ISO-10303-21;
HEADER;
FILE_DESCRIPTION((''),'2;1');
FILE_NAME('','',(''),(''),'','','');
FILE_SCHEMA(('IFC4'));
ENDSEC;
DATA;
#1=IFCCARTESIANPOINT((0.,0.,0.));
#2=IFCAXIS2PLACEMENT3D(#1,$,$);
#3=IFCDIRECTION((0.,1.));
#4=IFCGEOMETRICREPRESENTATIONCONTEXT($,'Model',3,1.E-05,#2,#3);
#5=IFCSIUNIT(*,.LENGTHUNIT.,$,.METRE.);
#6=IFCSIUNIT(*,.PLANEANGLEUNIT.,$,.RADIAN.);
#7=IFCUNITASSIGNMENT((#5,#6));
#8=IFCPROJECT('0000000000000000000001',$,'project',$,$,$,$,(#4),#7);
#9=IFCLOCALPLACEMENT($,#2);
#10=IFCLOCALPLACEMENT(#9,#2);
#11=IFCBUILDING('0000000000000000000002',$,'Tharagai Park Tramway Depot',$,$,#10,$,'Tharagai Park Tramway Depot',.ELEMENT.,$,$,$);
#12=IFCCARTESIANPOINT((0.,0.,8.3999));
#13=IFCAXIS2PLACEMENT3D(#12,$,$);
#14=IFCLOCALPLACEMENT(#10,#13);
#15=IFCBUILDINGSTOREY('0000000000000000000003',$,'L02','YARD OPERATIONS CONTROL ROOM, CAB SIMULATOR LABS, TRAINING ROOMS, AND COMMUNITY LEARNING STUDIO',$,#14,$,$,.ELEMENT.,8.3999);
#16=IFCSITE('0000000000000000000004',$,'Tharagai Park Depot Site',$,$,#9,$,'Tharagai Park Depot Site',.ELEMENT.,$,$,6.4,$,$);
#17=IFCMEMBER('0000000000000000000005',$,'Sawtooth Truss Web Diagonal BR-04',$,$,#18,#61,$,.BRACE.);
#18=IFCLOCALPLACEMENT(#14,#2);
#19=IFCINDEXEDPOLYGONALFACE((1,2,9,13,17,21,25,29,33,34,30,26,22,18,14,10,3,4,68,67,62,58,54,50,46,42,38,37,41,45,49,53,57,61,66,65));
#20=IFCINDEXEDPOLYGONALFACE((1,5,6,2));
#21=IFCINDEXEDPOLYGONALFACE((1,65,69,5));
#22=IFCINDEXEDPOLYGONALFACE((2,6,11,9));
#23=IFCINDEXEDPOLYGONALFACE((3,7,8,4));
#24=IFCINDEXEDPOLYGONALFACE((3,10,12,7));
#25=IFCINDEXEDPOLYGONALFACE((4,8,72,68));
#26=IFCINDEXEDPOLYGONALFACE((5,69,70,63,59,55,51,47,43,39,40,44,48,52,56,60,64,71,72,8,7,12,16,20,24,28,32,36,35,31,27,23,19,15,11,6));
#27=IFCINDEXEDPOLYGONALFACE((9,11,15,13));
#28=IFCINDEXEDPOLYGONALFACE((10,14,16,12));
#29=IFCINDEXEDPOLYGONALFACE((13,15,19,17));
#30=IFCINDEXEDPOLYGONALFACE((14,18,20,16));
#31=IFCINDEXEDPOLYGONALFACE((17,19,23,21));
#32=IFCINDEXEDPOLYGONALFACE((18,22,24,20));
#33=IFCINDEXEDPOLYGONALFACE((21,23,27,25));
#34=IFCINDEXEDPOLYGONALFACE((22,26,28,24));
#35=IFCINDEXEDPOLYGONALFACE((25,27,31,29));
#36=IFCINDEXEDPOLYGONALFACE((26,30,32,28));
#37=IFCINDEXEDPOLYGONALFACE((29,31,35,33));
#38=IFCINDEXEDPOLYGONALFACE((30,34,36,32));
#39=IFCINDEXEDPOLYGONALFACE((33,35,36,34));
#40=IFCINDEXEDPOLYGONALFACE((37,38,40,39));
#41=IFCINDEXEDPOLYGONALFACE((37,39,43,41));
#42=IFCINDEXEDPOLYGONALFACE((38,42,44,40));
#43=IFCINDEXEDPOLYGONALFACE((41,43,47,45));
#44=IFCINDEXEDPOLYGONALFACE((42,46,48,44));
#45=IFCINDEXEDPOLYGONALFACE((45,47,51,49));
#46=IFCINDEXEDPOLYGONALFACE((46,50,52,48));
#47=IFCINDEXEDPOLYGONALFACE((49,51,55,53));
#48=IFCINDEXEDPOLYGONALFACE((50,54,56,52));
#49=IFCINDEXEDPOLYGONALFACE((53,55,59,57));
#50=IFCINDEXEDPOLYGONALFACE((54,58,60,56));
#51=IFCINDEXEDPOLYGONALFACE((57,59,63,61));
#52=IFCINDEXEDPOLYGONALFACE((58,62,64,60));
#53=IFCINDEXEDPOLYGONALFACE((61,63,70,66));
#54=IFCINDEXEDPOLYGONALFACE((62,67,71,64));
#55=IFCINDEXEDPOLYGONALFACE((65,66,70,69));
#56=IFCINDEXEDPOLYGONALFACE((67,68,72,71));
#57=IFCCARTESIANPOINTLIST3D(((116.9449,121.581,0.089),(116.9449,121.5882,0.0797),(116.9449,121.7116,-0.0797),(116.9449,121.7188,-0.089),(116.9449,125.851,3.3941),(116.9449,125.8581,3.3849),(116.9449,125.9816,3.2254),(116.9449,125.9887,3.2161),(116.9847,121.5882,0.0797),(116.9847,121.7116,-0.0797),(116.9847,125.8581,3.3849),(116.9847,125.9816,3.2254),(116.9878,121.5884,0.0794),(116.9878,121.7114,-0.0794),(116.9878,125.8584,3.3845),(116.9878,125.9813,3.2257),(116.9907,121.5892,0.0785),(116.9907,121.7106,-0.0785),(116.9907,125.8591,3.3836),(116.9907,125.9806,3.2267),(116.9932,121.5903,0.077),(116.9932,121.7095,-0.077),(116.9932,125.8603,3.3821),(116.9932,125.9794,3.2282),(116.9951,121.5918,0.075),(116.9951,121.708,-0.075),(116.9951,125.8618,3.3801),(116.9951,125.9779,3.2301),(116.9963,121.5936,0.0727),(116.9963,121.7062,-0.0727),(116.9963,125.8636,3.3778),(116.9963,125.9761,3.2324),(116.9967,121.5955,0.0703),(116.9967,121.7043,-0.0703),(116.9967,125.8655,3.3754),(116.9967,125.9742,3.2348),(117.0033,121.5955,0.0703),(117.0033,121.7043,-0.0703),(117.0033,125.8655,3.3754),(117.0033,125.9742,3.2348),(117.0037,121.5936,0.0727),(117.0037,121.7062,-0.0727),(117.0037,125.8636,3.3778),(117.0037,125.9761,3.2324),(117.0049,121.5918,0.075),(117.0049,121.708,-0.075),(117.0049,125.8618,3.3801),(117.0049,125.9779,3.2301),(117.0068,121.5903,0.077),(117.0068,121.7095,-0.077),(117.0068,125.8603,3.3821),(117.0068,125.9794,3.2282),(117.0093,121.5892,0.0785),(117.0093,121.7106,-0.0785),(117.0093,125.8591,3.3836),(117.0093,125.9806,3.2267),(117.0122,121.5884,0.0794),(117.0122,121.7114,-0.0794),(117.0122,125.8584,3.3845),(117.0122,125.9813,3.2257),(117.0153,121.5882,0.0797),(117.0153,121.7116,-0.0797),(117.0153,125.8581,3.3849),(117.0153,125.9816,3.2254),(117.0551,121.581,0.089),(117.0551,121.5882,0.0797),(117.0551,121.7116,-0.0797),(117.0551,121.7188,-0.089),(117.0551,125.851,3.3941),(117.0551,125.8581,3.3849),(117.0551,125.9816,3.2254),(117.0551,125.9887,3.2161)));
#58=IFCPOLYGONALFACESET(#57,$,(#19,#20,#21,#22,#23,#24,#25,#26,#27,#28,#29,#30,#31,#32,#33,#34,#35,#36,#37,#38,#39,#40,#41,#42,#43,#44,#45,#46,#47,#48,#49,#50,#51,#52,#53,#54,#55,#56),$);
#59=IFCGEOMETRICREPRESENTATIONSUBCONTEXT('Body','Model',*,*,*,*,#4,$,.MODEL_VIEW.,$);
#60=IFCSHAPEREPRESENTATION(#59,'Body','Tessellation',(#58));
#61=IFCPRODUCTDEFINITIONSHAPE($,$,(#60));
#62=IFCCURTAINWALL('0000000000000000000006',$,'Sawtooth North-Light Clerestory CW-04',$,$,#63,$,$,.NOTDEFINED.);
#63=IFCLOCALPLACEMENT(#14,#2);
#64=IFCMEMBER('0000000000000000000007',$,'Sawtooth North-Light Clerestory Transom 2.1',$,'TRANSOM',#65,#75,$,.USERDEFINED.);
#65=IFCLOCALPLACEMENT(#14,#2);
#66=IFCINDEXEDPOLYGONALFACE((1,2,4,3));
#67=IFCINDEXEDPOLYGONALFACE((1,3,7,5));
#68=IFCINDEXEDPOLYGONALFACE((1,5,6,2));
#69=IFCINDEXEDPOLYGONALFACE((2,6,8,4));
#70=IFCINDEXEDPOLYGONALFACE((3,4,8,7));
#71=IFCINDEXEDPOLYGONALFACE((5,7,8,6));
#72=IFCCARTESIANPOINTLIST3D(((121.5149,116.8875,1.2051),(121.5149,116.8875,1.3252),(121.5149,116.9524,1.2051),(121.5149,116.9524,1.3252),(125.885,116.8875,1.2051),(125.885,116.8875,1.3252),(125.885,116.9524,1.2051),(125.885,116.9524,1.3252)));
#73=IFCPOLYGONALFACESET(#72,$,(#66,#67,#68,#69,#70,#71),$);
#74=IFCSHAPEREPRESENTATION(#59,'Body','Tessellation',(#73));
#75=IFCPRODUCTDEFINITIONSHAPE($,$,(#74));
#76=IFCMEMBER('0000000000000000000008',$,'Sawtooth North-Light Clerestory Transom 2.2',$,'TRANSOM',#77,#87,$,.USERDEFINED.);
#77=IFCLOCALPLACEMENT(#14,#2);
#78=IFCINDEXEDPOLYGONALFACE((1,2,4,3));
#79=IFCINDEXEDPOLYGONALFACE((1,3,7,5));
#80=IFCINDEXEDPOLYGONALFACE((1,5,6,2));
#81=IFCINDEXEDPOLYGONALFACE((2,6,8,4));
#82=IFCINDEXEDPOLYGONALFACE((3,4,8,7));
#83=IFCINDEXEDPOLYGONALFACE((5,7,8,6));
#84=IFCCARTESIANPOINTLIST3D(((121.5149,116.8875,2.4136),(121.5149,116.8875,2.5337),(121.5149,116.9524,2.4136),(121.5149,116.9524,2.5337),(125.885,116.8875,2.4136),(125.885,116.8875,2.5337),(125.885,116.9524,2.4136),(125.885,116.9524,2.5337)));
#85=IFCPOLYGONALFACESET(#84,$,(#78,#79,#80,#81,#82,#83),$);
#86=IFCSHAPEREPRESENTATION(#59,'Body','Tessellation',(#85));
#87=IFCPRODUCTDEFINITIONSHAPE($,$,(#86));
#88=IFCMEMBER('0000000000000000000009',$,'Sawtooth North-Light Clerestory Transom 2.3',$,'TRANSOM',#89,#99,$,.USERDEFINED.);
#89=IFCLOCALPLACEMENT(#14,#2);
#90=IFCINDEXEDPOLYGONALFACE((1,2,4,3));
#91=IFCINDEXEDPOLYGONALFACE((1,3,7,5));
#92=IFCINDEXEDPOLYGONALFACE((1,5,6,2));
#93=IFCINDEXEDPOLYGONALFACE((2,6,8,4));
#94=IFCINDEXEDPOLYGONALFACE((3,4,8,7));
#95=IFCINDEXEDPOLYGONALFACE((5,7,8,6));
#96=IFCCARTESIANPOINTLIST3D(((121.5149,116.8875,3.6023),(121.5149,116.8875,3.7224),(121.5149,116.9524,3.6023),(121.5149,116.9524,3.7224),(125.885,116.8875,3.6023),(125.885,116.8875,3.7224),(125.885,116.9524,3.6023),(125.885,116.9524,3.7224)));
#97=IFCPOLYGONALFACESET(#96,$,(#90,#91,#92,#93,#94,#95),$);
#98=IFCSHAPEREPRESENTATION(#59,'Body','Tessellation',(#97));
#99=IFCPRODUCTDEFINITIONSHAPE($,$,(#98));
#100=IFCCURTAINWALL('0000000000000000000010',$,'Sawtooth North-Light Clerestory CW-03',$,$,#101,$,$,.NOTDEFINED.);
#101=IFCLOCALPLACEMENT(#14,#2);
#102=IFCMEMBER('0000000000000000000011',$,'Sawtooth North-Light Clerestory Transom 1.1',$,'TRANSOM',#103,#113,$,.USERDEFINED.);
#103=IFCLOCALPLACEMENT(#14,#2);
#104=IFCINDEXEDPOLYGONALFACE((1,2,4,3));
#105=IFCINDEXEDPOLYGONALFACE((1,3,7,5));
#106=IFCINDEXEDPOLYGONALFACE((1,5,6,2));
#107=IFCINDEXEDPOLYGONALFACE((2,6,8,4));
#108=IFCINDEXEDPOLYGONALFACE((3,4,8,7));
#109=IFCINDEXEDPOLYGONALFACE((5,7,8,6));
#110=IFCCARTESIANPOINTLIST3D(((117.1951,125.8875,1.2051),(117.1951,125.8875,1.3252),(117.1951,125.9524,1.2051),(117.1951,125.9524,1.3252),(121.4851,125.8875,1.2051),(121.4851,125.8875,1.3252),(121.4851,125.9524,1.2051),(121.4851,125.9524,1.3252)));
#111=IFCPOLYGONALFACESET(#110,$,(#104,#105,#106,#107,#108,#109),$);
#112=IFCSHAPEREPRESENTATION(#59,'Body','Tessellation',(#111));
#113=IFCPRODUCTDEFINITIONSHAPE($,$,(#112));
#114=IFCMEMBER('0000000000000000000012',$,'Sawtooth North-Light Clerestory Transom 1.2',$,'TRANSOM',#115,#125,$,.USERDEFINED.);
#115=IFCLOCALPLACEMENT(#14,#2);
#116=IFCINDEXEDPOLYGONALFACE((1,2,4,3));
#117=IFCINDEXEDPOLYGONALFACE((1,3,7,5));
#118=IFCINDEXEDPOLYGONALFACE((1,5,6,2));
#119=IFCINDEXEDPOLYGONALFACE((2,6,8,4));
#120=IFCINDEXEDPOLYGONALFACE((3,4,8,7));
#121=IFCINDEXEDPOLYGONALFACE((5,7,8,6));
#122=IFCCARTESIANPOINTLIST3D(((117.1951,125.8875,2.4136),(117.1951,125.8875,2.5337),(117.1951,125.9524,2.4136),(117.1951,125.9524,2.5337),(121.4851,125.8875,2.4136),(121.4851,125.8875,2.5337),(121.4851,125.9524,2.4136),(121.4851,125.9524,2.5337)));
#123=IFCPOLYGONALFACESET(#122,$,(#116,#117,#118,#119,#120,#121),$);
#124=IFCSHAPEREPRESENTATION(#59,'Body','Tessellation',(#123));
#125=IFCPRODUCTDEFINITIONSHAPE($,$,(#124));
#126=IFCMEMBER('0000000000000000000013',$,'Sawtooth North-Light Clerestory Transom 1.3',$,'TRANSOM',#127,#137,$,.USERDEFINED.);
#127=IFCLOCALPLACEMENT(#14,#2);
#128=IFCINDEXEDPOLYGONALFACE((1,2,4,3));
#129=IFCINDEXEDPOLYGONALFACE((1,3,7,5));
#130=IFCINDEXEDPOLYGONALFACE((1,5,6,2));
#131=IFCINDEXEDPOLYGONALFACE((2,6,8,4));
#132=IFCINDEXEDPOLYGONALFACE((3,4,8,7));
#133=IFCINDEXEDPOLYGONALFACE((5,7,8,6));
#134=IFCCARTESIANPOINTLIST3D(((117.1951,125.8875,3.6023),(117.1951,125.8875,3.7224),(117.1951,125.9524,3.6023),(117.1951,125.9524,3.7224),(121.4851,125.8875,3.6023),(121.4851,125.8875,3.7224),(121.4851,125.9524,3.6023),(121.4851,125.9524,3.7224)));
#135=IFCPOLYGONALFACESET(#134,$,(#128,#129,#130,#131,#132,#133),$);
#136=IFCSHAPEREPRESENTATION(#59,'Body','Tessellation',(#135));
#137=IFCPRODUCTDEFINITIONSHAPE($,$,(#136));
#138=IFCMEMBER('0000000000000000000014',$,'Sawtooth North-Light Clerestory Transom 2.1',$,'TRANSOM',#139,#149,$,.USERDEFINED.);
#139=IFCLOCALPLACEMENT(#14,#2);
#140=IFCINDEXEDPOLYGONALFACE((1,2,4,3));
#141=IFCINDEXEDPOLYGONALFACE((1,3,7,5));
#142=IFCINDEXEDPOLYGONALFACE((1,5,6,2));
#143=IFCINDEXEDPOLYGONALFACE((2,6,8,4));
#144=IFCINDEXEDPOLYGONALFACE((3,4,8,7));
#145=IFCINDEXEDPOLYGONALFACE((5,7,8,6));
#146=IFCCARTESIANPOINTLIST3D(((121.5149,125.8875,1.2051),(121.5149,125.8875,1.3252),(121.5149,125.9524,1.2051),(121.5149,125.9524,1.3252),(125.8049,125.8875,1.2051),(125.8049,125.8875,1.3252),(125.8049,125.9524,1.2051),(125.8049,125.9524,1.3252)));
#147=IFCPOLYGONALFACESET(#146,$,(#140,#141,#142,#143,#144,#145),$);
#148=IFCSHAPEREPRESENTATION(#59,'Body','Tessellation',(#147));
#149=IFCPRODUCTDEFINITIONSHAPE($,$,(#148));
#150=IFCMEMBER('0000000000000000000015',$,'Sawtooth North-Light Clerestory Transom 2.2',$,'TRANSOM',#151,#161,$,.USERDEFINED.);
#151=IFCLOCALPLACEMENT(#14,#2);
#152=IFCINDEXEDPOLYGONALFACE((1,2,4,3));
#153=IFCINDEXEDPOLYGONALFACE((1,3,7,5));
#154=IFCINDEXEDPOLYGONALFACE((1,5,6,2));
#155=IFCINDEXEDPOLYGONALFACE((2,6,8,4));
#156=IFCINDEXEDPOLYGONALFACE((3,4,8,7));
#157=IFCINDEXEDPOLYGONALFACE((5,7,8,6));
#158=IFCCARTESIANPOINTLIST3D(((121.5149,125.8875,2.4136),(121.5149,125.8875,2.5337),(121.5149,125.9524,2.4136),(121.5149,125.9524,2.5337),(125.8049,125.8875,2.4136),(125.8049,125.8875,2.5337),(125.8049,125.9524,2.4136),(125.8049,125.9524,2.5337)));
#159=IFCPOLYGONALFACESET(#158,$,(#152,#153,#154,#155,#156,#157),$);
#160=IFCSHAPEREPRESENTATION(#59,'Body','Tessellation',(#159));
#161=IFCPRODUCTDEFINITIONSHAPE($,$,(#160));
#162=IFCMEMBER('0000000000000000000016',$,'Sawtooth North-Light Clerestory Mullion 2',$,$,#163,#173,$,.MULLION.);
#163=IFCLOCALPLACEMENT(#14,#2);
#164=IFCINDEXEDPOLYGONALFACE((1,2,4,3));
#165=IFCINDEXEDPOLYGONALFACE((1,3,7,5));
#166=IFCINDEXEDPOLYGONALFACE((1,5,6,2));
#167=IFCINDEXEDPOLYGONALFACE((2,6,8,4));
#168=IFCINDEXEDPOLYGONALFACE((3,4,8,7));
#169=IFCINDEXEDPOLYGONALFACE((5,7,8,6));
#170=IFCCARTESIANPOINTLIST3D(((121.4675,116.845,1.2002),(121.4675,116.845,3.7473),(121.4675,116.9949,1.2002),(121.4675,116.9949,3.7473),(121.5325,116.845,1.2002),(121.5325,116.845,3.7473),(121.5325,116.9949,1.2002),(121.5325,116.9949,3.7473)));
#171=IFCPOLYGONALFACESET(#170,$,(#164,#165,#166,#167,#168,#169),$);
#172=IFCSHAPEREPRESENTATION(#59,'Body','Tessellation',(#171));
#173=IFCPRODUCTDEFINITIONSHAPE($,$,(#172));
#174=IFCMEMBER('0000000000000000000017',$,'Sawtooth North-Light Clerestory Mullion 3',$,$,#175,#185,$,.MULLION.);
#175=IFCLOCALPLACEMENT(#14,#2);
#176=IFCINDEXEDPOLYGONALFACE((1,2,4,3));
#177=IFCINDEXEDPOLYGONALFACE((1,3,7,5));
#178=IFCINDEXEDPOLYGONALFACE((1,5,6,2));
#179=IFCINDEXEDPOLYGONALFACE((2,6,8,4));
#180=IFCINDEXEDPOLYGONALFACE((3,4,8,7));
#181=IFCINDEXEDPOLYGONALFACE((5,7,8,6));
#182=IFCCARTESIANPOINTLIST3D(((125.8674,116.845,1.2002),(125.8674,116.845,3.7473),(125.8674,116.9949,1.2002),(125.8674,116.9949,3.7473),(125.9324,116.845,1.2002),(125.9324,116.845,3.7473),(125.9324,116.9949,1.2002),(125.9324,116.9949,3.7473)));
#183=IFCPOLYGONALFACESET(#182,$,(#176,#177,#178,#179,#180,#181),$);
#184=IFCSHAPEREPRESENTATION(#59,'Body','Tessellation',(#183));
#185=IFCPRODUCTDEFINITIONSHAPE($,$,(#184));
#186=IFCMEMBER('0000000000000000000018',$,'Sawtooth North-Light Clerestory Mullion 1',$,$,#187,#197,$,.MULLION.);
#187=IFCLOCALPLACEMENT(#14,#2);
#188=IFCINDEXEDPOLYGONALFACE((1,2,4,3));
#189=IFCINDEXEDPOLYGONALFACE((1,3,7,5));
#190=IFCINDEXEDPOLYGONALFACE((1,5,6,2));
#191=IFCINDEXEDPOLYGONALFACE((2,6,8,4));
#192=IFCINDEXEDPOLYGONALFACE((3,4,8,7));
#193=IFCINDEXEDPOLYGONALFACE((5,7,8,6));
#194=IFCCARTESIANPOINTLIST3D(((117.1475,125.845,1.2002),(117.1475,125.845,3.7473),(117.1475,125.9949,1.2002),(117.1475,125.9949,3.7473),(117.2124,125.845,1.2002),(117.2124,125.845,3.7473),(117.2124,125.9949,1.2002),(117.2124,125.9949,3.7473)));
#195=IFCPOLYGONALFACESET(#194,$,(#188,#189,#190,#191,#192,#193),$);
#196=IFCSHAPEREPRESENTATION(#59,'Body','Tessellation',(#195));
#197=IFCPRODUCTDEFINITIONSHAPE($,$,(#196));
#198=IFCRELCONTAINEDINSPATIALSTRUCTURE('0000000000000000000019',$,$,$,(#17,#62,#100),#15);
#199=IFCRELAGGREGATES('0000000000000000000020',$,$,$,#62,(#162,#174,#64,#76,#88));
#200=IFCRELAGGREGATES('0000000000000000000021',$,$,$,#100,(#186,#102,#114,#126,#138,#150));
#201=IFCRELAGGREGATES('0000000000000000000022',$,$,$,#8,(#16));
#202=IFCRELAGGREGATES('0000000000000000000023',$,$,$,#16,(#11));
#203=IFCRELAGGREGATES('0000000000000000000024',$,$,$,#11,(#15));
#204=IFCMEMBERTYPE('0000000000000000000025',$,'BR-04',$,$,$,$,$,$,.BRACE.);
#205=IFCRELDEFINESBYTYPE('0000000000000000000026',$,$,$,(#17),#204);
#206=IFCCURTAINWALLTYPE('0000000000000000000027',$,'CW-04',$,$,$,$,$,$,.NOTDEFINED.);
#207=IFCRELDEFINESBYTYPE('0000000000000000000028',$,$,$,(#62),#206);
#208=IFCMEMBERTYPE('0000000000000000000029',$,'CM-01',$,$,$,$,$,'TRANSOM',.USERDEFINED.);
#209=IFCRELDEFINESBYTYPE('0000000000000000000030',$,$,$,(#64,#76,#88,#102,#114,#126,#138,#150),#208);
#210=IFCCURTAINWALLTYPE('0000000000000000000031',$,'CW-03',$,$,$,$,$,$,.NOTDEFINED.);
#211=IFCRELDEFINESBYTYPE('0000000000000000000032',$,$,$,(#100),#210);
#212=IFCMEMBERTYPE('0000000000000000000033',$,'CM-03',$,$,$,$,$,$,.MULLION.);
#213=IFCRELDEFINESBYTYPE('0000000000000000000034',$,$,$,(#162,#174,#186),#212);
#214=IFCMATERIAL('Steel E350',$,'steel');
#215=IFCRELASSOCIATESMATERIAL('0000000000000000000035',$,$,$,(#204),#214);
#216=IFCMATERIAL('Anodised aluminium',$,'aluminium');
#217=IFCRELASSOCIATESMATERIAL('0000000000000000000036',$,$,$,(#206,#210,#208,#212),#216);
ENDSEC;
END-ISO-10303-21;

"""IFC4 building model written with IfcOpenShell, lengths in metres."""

from ifc_helpers import new_model, si_unit, direction, frame, origin, origin_2d, place, context, subcontext, project, spatial, rectangle, i_section, extrude, material, material_profile, profile_set, type_object, element, aggregate, save


model = new_model("IFC4")

# Units and contexts
model_context = context("Model", 3, precision=1e-05, world=origin(), true_north=direction((0.0, 1.0)))
body_context = subcontext(model_context, "Body", "Model", "MODEL_VIEW")
ifc_project = project(units=[si_unit("LENGTHUNIT", "METRE"), si_unit("PLANEANGLEUNIT", "RADIAN")], contexts=[model_context])

# Site, building, storey
site_placement = place(None, origin())
site = spatial("IfcSite", under=ifc_project, at=site_placement, Name="Tharagai Park Depot Site", LongName="Tharagai Park Depot Site", CompositionType="ELEMENT", RefElevation=6.4)
building_placement = place(site_placement, origin())
building = spatial("IfcBuilding", under=site, at=building_placement, Name="Tharagai Park Tramway Depot", LongName="Tharagai Park Tramway Depot", CompositionType="ELEMENT")
storey_placement = place(building_placement, frame((0.0, 0.0, 8.3999)))
storey = spatial("IfcBuildingStorey", under=building, at=storey_placement, Name="L02", Description="YARD OPERATIONS CONTROL ROOM, CAB SIMULATOR LABS, TRAINING ROOMS, AND COMMUNITY LEARNING STUDIO", CompositionType="ELEMENT", Elevation=8.3999)

# Shared definitions
ifc_material_1 = material(Name="Steel E350", Category="steel")

# Member
ifc_material_profile_1 = material_profile(ifc_material_1, i_section(OverallWidth=0.1101, OverallDepth=0.2251, WebThickness=0.0066, FlangeThickness=0.0117, FilletRadius=0.012, at=origin_2d()), Name="ISMB 225")
ifc_profile_set_1 = profile_set([ifc_material_profile_1], Name="Steel E350")
member_type_1 = type_object("IfcMemberType", Name="BR-04", PredefinedType="BRACE", material=ifc_profile_set_1)
member_1_placement = place(storey_placement, frame((117.0, 121.6499, 0.0), z_axis=(0.0, 0.790782, 0.612098), x_axis=(-1.0, 0.0, 0.0)))
element("IfcMember", 1, at=member_1_placement, inside=storey, type_object=member_type_1, Name="Sawtooth Truss Web Diagonal BR-04", PredefinedType="BRACE", context=body_context, shape_type="SweptSolid", body=[
    extrude(i_section(OverallWidth=0.1101, OverallDepth=0.2251, WebThickness=0.0066, FlangeThickness=0.0117, FilletRadius=0.012, at=origin_2d()), origin(), (0.0, 0.0, 1.0), 5.3997),
])

# Curtain walls, members
ifc_material_2 = material(Name="Anodised aluminium", Category="aluminium")
curtain_wall_type_1 = type_object("IfcCurtainWallType", Name="CW-04", PredefinedType="NOTDEFINED", material=ifc_material_2)
curtain_wall_1_placement = place(storey_placement, origin())
curtain_wall_1 = element("IfcCurtainWall", 2, at=curtain_wall_1_placement, inside=storey, type_object=curtain_wall_type_1, Name="Sawtooth North-Light Clerestory CW-04", PredefinedType="NOTDEFINED")
ifc_material_profile_2 = material_profile(ifc_material_2, rectangle(XDim=0.0649, YDim=0.1201, at=origin_2d()), Name="ALU 65x120")
ifc_profile_set_2 = profile_set([ifc_material_profile_2], Name="Anodised aluminium")
member_type_2 = type_object("IfcMemberType", Name="CM-01", ElementType="TRANSOM", PredefinedType="USERDEFINED", material=ifc_profile_set_2)
member_2_placement = place(storey_placement, frame((121.5149, 116.9199, 1.2651), z_axis=(1.0, 0.0, 0.0), x_axis=(0.0, 1.0, 0.0)))
member_2 = element("IfcMember", 3, at=member_2_placement, type_object=member_type_2, Name="Sawtooth North-Light Clerestory Transom 2.1", ObjectType="TRANSOM", PredefinedType="USERDEFINED", context=body_context, shape_type="SweptSolid", body=[
    extrude(rectangle(XDim=0.0649, YDim=0.1201, at=origin_2d()), origin(), (0.0, 0.0, 1.0), 4.3701),
])
member_3_placement = place(storey_placement, frame((121.5149, 116.9199, 2.4736), z_axis=(1.0, 0.0, 0.0), x_axis=(0.0, 1.0, 0.0)))
member_3 = element("IfcMember", 4, at=member_3_placement, type_object=member_type_2, Name="Sawtooth North-Light Clerestory Transom 2.2", ObjectType="TRANSOM", PredefinedType="USERDEFINED", context=body_context, shape_type="SweptSolid", body=[
    extrude(rectangle(XDim=0.0649, YDim=0.1201, at=origin_2d()), origin(), (0.0, 0.0, 1.0), 4.3701),
])
member_4_placement = place(storey_placement, frame((121.5149, 116.9199, 3.6624), z_axis=(1.0, 0.0, 0.0), x_axis=(0.0, 1.0, 0.0)))
member_4 = element("IfcMember", 5, at=member_4_placement, type_object=member_type_2, Name="Sawtooth North-Light Clerestory Transom 2.3", ObjectType="TRANSOM", PredefinedType="USERDEFINED", context=body_context, shape_type="SweptSolid", body=[
    extrude(rectangle(XDim=0.0649, YDim=0.1201, at=origin_2d()), origin(), (0.0, 0.0, 1.0), 4.3701),
])
curtain_wall_type_2 = type_object("IfcCurtainWallType", Name="CW-03", PredefinedType="NOTDEFINED", material=ifc_material_2)
curtain_wall_2_placement = place(storey_placement, origin())
curtain_wall_2 = element("IfcCurtainWall", 6, at=curtain_wall_2_placement, inside=storey, type_object=curtain_wall_type_2, Name="Sawtooth North-Light Clerestory CW-03", PredefinedType="NOTDEFINED")
member_5_placement = place(storey_placement, frame((117.1951, 125.9199, 1.2651), z_axis=(1.0, 0.0, 0.0), x_axis=(0.0, 1.0, 0.0)))
member_5 = element("IfcMember", 7, at=member_5_placement, type_object=member_type_2, Name="Sawtooth North-Light Clerestory Transom 1.1", ObjectType="TRANSOM", PredefinedType="USERDEFINED", context=body_context, shape_type="SweptSolid", body=[
    extrude(rectangle(XDim=0.0649, YDim=0.1201, at=origin_2d()), origin(), (0.0, 0.0, 1.0), 4.29),
])
member_6_placement = place(storey_placement, frame((117.1951, 125.9199, 2.4736), z_axis=(1.0, 0.0, 0.0), x_axis=(0.0, 1.0, 0.0)))
member_6 = element("IfcMember", 8, at=member_6_placement, type_object=member_type_2, Name="Sawtooth North-Light Clerestory Transom 1.2", ObjectType="TRANSOM", PredefinedType="USERDEFINED", context=body_context, shape_type="SweptSolid", body=[
    extrude(rectangle(XDim=0.0649, YDim=0.1201, at=origin_2d()), origin(), (0.0, 0.0, 1.0), 4.29),
])
member_7_placement = place(storey_placement, frame((117.1951, 125.9199, 3.6624), z_axis=(1.0, 0.0, 0.0), x_axis=(0.0, 1.0, 0.0)))
member_7 = element("IfcMember", 9, at=member_7_placement, type_object=member_type_2, Name="Sawtooth North-Light Clerestory Transom 1.3", ObjectType="TRANSOM", PredefinedType="USERDEFINED", context=body_context, shape_type="SweptSolid", body=[
    extrude(rectangle(XDim=0.0649, YDim=0.1201, at=origin_2d()), origin(), (0.0, 0.0, 1.0), 4.29),
])
member_8_placement = place(storey_placement, frame((121.5149, 125.9199, 1.2651), z_axis=(1.0, 0.0, 0.0), x_axis=(0.0, 1.0, 0.0)))
member_8 = element("IfcMember", 10, at=member_8_placement, type_object=member_type_2, Name="Sawtooth North-Light Clerestory Transom 2.1", ObjectType="TRANSOM", PredefinedType="USERDEFINED", context=body_context, shape_type="SweptSolid", body=[
    extrude(rectangle(XDim=0.0649, YDim=0.1201, at=origin_2d()), origin(), (0.0, 0.0, 1.0), 4.29),
])
member_9_placement = place(storey_placement, frame((121.5149, 125.9199, 2.4736), z_axis=(1.0, 0.0, 0.0), x_axis=(0.0, 1.0, 0.0)))
member_9 = element("IfcMember", 11, at=member_9_placement, type_object=member_type_2, Name="Sawtooth North-Light Clerestory Transom 2.2", ObjectType="TRANSOM", PredefinedType="USERDEFINED", context=body_context, shape_type="SweptSolid", body=[
    extrude(rectangle(XDim=0.0649, YDim=0.1201, at=origin_2d()), origin(), (0.0, 0.0, 1.0), 4.29),
])

# Members
ifc_material_profile_3 = material_profile(ifc_material_2, rectangle(XDim=0.0649, YDim=0.1499, at=origin_2d()), Name="ALU 65x150")
ifc_profile_set_3 = profile_set([ifc_material_profile_3], Name="Anodised aluminium")
member_type_3 = type_object("IfcMemberType", Name="CM-03", PredefinedType="MULLION", material=ifc_profile_set_3)
member_10_placement = place(storey_placement, frame((121.5, 116.9199, 1.2002), z_axis=(0.0, 0.0, 1.0), x_axis=(1.0, 0.0, 0.0)))
member_10 = element("IfcMember", 12, at=member_10_placement, type_object=member_type_3, Name="Sawtooth North-Light Clerestory Mullion 2", PredefinedType="MULLION", context=body_context, shape_type="SweptSolid", body=[
    extrude(rectangle(XDim=0.0649, YDim=0.1499, at=origin_2d()), origin(), (0.0, 0.0, 1.0), 2.5471),
])
member_11_placement = place(storey_placement, frame((125.8999, 116.9199, 1.2002), z_axis=(0.0, 0.0, 1.0), x_axis=(1.0, 0.0, 0.0)))
member_11 = element("IfcMember", 13, at=member_11_placement, type_object=member_type_3, Name="Sawtooth North-Light Clerestory Mullion 3", PredefinedType="MULLION", context=body_context, shape_type="SweptSolid", body=[
    extrude(rectangle(XDim=0.0649, YDim=0.1499, at=origin_2d()), origin(), (0.0, 0.0, 1.0), 2.5471),
])
member_12_placement = place(storey_placement, frame((117.1799, 125.9199, 1.2002), z_axis=(0.0, 0.0, 1.0), x_axis=(1.0, 0.0, 0.0)))
member_12 = element("IfcMember", 14, at=member_12_placement, type_object=member_type_3, Name="Sawtooth North-Light Clerestory Mullion 1", PredefinedType="MULLION", context=body_context, shape_type="SweptSolid", body=[
    extrude(rectangle(XDim=0.0649, YDim=0.1499, at=origin_2d()), origin(), (0.0, 0.0, 1.0), 2.5471),
])

aggregate(curtain_wall_1, [member_10, member_11, member_2, member_3, member_4])
aggregate(curtain_wall_2, [member_12, member_5, member_6, member_7, member_8, member_9])

save(model, "model.ifc")
